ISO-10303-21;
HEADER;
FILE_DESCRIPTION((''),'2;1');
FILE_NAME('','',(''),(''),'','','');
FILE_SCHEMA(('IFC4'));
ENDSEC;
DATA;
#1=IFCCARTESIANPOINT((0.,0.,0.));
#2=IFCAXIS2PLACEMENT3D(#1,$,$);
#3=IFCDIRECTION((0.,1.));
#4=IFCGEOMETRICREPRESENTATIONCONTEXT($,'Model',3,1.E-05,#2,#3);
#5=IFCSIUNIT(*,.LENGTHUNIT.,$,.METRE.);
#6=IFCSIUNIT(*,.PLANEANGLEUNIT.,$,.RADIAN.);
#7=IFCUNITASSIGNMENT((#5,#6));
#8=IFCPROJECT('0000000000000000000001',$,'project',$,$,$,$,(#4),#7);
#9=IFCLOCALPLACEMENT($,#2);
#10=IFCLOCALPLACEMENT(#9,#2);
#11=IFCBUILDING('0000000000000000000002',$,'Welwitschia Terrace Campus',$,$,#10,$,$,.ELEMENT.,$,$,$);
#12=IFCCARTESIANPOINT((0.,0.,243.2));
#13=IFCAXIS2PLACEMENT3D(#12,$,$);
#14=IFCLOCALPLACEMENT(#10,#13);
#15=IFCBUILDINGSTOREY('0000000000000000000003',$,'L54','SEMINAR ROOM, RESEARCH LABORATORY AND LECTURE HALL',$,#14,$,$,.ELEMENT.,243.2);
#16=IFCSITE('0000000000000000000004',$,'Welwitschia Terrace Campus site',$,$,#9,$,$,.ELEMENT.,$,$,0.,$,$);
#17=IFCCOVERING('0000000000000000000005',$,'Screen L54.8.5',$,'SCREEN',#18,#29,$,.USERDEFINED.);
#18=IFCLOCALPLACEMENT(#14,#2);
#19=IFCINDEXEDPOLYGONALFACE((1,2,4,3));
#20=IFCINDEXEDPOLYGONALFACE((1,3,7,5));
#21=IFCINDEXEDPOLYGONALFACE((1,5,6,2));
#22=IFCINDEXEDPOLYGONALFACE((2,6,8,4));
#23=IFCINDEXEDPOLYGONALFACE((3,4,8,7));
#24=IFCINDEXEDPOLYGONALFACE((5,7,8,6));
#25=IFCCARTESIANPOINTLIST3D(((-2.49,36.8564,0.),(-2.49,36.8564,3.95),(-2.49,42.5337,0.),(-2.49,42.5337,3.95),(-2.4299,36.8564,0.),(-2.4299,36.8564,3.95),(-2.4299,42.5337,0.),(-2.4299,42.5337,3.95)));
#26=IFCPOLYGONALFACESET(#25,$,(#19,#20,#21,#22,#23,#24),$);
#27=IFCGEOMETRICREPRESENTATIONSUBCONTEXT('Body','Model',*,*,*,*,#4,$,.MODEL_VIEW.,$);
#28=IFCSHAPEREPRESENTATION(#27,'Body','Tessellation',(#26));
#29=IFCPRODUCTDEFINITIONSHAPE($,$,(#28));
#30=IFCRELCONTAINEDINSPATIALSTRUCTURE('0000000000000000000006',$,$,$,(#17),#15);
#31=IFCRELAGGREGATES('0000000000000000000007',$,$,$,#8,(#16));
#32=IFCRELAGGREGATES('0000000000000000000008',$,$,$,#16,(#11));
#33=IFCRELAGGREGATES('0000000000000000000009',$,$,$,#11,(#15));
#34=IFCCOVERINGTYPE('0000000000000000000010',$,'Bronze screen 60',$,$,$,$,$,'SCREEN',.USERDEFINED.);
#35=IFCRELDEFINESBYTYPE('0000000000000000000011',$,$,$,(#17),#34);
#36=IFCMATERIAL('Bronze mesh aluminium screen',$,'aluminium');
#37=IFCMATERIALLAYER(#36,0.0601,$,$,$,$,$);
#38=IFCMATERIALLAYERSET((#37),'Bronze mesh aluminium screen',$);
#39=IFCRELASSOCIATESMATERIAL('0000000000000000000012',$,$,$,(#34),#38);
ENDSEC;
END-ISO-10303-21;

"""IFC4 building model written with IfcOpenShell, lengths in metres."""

from ifc_helpers import new_model, si_unit, direction, frame, origin, origin_2d, place, context, subcontext, project, spatial, rectangle, extrude, material, layer, layer_set, type_object, element, save


model = new_model("IFC4")

# Units and contexts
model_context = context("Model", 3, precision=1e-05, world=origin(), true_north=direction((0.0, 1.0)))
body_context = subcontext(model_context, "Body", "Model", "MODEL_VIEW")
ifc_project = project(units=[si_unit("LENGTHUNIT", "METRE"), si_unit("PLANEANGLEUNIT", "RADIAN")], contexts=[model_context])

# Site, building, storey
site_placement = place(None, origin())
site = spatial("IfcSite", under=ifc_project, at=site_placement, Name="Welwitschia Terrace Campus site", CompositionType="ELEMENT", RefElevation=0.0)
building_placement = place(site_placement, origin())
building = spatial("IfcBuilding", under=site, at=building_placement, Name="Welwitschia Terrace Campus", CompositionType="ELEMENT")
storey_placement = place(building_placement, frame((0.0, 0.0, 243.2)))
storey = spatial("IfcBuildingStorey", under=building, at=storey_placement, Name="L54", Description="SEMINAR ROOM, RESEARCH LABORATORY AND LECTURE HALL", CompositionType="ELEMENT", Elevation=243.2)

# Covering
ifc_material_1 = material(Name="Bronze mesh aluminium screen", Category="aluminium")
ifc_layer_1 = layer(ifc_material_1, 0.0601)
ifc_layer_set_1 = layer_set([ifc_layer_1], Name="Bronze mesh aluminium screen")
covering_type = type_object("IfcCoveringType", Name="Bronze screen 60", ElementType="SCREEN", PredefinedType="USERDEFINED", material=ifc_layer_set_1)
for number, where, z_axis, x_axis, name in (
    (1, (-2.46, 39.6951, 0.0), (0.0, 0.0, 1.0), (0.0, -1.0, 0.0), "Screen L54.8.5"),
):
    element("IfcCovering", number, at=place(storey_placement, frame(where, z_axis=z_axis, x_axis=x_axis)), inside=storey, type_object=covering_type, Name=name, ObjectType="SCREEN", PredefinedType="USERDEFINED", context=body_context, shape_type="SweptSolid", body=[
        extrude(rectangle(XDim=5.6772, YDim=0.0601, at=origin_2d()), origin(), (0.0, 0.0, 1.0), 3.95),
    ])

save(model, "model.ifc")
